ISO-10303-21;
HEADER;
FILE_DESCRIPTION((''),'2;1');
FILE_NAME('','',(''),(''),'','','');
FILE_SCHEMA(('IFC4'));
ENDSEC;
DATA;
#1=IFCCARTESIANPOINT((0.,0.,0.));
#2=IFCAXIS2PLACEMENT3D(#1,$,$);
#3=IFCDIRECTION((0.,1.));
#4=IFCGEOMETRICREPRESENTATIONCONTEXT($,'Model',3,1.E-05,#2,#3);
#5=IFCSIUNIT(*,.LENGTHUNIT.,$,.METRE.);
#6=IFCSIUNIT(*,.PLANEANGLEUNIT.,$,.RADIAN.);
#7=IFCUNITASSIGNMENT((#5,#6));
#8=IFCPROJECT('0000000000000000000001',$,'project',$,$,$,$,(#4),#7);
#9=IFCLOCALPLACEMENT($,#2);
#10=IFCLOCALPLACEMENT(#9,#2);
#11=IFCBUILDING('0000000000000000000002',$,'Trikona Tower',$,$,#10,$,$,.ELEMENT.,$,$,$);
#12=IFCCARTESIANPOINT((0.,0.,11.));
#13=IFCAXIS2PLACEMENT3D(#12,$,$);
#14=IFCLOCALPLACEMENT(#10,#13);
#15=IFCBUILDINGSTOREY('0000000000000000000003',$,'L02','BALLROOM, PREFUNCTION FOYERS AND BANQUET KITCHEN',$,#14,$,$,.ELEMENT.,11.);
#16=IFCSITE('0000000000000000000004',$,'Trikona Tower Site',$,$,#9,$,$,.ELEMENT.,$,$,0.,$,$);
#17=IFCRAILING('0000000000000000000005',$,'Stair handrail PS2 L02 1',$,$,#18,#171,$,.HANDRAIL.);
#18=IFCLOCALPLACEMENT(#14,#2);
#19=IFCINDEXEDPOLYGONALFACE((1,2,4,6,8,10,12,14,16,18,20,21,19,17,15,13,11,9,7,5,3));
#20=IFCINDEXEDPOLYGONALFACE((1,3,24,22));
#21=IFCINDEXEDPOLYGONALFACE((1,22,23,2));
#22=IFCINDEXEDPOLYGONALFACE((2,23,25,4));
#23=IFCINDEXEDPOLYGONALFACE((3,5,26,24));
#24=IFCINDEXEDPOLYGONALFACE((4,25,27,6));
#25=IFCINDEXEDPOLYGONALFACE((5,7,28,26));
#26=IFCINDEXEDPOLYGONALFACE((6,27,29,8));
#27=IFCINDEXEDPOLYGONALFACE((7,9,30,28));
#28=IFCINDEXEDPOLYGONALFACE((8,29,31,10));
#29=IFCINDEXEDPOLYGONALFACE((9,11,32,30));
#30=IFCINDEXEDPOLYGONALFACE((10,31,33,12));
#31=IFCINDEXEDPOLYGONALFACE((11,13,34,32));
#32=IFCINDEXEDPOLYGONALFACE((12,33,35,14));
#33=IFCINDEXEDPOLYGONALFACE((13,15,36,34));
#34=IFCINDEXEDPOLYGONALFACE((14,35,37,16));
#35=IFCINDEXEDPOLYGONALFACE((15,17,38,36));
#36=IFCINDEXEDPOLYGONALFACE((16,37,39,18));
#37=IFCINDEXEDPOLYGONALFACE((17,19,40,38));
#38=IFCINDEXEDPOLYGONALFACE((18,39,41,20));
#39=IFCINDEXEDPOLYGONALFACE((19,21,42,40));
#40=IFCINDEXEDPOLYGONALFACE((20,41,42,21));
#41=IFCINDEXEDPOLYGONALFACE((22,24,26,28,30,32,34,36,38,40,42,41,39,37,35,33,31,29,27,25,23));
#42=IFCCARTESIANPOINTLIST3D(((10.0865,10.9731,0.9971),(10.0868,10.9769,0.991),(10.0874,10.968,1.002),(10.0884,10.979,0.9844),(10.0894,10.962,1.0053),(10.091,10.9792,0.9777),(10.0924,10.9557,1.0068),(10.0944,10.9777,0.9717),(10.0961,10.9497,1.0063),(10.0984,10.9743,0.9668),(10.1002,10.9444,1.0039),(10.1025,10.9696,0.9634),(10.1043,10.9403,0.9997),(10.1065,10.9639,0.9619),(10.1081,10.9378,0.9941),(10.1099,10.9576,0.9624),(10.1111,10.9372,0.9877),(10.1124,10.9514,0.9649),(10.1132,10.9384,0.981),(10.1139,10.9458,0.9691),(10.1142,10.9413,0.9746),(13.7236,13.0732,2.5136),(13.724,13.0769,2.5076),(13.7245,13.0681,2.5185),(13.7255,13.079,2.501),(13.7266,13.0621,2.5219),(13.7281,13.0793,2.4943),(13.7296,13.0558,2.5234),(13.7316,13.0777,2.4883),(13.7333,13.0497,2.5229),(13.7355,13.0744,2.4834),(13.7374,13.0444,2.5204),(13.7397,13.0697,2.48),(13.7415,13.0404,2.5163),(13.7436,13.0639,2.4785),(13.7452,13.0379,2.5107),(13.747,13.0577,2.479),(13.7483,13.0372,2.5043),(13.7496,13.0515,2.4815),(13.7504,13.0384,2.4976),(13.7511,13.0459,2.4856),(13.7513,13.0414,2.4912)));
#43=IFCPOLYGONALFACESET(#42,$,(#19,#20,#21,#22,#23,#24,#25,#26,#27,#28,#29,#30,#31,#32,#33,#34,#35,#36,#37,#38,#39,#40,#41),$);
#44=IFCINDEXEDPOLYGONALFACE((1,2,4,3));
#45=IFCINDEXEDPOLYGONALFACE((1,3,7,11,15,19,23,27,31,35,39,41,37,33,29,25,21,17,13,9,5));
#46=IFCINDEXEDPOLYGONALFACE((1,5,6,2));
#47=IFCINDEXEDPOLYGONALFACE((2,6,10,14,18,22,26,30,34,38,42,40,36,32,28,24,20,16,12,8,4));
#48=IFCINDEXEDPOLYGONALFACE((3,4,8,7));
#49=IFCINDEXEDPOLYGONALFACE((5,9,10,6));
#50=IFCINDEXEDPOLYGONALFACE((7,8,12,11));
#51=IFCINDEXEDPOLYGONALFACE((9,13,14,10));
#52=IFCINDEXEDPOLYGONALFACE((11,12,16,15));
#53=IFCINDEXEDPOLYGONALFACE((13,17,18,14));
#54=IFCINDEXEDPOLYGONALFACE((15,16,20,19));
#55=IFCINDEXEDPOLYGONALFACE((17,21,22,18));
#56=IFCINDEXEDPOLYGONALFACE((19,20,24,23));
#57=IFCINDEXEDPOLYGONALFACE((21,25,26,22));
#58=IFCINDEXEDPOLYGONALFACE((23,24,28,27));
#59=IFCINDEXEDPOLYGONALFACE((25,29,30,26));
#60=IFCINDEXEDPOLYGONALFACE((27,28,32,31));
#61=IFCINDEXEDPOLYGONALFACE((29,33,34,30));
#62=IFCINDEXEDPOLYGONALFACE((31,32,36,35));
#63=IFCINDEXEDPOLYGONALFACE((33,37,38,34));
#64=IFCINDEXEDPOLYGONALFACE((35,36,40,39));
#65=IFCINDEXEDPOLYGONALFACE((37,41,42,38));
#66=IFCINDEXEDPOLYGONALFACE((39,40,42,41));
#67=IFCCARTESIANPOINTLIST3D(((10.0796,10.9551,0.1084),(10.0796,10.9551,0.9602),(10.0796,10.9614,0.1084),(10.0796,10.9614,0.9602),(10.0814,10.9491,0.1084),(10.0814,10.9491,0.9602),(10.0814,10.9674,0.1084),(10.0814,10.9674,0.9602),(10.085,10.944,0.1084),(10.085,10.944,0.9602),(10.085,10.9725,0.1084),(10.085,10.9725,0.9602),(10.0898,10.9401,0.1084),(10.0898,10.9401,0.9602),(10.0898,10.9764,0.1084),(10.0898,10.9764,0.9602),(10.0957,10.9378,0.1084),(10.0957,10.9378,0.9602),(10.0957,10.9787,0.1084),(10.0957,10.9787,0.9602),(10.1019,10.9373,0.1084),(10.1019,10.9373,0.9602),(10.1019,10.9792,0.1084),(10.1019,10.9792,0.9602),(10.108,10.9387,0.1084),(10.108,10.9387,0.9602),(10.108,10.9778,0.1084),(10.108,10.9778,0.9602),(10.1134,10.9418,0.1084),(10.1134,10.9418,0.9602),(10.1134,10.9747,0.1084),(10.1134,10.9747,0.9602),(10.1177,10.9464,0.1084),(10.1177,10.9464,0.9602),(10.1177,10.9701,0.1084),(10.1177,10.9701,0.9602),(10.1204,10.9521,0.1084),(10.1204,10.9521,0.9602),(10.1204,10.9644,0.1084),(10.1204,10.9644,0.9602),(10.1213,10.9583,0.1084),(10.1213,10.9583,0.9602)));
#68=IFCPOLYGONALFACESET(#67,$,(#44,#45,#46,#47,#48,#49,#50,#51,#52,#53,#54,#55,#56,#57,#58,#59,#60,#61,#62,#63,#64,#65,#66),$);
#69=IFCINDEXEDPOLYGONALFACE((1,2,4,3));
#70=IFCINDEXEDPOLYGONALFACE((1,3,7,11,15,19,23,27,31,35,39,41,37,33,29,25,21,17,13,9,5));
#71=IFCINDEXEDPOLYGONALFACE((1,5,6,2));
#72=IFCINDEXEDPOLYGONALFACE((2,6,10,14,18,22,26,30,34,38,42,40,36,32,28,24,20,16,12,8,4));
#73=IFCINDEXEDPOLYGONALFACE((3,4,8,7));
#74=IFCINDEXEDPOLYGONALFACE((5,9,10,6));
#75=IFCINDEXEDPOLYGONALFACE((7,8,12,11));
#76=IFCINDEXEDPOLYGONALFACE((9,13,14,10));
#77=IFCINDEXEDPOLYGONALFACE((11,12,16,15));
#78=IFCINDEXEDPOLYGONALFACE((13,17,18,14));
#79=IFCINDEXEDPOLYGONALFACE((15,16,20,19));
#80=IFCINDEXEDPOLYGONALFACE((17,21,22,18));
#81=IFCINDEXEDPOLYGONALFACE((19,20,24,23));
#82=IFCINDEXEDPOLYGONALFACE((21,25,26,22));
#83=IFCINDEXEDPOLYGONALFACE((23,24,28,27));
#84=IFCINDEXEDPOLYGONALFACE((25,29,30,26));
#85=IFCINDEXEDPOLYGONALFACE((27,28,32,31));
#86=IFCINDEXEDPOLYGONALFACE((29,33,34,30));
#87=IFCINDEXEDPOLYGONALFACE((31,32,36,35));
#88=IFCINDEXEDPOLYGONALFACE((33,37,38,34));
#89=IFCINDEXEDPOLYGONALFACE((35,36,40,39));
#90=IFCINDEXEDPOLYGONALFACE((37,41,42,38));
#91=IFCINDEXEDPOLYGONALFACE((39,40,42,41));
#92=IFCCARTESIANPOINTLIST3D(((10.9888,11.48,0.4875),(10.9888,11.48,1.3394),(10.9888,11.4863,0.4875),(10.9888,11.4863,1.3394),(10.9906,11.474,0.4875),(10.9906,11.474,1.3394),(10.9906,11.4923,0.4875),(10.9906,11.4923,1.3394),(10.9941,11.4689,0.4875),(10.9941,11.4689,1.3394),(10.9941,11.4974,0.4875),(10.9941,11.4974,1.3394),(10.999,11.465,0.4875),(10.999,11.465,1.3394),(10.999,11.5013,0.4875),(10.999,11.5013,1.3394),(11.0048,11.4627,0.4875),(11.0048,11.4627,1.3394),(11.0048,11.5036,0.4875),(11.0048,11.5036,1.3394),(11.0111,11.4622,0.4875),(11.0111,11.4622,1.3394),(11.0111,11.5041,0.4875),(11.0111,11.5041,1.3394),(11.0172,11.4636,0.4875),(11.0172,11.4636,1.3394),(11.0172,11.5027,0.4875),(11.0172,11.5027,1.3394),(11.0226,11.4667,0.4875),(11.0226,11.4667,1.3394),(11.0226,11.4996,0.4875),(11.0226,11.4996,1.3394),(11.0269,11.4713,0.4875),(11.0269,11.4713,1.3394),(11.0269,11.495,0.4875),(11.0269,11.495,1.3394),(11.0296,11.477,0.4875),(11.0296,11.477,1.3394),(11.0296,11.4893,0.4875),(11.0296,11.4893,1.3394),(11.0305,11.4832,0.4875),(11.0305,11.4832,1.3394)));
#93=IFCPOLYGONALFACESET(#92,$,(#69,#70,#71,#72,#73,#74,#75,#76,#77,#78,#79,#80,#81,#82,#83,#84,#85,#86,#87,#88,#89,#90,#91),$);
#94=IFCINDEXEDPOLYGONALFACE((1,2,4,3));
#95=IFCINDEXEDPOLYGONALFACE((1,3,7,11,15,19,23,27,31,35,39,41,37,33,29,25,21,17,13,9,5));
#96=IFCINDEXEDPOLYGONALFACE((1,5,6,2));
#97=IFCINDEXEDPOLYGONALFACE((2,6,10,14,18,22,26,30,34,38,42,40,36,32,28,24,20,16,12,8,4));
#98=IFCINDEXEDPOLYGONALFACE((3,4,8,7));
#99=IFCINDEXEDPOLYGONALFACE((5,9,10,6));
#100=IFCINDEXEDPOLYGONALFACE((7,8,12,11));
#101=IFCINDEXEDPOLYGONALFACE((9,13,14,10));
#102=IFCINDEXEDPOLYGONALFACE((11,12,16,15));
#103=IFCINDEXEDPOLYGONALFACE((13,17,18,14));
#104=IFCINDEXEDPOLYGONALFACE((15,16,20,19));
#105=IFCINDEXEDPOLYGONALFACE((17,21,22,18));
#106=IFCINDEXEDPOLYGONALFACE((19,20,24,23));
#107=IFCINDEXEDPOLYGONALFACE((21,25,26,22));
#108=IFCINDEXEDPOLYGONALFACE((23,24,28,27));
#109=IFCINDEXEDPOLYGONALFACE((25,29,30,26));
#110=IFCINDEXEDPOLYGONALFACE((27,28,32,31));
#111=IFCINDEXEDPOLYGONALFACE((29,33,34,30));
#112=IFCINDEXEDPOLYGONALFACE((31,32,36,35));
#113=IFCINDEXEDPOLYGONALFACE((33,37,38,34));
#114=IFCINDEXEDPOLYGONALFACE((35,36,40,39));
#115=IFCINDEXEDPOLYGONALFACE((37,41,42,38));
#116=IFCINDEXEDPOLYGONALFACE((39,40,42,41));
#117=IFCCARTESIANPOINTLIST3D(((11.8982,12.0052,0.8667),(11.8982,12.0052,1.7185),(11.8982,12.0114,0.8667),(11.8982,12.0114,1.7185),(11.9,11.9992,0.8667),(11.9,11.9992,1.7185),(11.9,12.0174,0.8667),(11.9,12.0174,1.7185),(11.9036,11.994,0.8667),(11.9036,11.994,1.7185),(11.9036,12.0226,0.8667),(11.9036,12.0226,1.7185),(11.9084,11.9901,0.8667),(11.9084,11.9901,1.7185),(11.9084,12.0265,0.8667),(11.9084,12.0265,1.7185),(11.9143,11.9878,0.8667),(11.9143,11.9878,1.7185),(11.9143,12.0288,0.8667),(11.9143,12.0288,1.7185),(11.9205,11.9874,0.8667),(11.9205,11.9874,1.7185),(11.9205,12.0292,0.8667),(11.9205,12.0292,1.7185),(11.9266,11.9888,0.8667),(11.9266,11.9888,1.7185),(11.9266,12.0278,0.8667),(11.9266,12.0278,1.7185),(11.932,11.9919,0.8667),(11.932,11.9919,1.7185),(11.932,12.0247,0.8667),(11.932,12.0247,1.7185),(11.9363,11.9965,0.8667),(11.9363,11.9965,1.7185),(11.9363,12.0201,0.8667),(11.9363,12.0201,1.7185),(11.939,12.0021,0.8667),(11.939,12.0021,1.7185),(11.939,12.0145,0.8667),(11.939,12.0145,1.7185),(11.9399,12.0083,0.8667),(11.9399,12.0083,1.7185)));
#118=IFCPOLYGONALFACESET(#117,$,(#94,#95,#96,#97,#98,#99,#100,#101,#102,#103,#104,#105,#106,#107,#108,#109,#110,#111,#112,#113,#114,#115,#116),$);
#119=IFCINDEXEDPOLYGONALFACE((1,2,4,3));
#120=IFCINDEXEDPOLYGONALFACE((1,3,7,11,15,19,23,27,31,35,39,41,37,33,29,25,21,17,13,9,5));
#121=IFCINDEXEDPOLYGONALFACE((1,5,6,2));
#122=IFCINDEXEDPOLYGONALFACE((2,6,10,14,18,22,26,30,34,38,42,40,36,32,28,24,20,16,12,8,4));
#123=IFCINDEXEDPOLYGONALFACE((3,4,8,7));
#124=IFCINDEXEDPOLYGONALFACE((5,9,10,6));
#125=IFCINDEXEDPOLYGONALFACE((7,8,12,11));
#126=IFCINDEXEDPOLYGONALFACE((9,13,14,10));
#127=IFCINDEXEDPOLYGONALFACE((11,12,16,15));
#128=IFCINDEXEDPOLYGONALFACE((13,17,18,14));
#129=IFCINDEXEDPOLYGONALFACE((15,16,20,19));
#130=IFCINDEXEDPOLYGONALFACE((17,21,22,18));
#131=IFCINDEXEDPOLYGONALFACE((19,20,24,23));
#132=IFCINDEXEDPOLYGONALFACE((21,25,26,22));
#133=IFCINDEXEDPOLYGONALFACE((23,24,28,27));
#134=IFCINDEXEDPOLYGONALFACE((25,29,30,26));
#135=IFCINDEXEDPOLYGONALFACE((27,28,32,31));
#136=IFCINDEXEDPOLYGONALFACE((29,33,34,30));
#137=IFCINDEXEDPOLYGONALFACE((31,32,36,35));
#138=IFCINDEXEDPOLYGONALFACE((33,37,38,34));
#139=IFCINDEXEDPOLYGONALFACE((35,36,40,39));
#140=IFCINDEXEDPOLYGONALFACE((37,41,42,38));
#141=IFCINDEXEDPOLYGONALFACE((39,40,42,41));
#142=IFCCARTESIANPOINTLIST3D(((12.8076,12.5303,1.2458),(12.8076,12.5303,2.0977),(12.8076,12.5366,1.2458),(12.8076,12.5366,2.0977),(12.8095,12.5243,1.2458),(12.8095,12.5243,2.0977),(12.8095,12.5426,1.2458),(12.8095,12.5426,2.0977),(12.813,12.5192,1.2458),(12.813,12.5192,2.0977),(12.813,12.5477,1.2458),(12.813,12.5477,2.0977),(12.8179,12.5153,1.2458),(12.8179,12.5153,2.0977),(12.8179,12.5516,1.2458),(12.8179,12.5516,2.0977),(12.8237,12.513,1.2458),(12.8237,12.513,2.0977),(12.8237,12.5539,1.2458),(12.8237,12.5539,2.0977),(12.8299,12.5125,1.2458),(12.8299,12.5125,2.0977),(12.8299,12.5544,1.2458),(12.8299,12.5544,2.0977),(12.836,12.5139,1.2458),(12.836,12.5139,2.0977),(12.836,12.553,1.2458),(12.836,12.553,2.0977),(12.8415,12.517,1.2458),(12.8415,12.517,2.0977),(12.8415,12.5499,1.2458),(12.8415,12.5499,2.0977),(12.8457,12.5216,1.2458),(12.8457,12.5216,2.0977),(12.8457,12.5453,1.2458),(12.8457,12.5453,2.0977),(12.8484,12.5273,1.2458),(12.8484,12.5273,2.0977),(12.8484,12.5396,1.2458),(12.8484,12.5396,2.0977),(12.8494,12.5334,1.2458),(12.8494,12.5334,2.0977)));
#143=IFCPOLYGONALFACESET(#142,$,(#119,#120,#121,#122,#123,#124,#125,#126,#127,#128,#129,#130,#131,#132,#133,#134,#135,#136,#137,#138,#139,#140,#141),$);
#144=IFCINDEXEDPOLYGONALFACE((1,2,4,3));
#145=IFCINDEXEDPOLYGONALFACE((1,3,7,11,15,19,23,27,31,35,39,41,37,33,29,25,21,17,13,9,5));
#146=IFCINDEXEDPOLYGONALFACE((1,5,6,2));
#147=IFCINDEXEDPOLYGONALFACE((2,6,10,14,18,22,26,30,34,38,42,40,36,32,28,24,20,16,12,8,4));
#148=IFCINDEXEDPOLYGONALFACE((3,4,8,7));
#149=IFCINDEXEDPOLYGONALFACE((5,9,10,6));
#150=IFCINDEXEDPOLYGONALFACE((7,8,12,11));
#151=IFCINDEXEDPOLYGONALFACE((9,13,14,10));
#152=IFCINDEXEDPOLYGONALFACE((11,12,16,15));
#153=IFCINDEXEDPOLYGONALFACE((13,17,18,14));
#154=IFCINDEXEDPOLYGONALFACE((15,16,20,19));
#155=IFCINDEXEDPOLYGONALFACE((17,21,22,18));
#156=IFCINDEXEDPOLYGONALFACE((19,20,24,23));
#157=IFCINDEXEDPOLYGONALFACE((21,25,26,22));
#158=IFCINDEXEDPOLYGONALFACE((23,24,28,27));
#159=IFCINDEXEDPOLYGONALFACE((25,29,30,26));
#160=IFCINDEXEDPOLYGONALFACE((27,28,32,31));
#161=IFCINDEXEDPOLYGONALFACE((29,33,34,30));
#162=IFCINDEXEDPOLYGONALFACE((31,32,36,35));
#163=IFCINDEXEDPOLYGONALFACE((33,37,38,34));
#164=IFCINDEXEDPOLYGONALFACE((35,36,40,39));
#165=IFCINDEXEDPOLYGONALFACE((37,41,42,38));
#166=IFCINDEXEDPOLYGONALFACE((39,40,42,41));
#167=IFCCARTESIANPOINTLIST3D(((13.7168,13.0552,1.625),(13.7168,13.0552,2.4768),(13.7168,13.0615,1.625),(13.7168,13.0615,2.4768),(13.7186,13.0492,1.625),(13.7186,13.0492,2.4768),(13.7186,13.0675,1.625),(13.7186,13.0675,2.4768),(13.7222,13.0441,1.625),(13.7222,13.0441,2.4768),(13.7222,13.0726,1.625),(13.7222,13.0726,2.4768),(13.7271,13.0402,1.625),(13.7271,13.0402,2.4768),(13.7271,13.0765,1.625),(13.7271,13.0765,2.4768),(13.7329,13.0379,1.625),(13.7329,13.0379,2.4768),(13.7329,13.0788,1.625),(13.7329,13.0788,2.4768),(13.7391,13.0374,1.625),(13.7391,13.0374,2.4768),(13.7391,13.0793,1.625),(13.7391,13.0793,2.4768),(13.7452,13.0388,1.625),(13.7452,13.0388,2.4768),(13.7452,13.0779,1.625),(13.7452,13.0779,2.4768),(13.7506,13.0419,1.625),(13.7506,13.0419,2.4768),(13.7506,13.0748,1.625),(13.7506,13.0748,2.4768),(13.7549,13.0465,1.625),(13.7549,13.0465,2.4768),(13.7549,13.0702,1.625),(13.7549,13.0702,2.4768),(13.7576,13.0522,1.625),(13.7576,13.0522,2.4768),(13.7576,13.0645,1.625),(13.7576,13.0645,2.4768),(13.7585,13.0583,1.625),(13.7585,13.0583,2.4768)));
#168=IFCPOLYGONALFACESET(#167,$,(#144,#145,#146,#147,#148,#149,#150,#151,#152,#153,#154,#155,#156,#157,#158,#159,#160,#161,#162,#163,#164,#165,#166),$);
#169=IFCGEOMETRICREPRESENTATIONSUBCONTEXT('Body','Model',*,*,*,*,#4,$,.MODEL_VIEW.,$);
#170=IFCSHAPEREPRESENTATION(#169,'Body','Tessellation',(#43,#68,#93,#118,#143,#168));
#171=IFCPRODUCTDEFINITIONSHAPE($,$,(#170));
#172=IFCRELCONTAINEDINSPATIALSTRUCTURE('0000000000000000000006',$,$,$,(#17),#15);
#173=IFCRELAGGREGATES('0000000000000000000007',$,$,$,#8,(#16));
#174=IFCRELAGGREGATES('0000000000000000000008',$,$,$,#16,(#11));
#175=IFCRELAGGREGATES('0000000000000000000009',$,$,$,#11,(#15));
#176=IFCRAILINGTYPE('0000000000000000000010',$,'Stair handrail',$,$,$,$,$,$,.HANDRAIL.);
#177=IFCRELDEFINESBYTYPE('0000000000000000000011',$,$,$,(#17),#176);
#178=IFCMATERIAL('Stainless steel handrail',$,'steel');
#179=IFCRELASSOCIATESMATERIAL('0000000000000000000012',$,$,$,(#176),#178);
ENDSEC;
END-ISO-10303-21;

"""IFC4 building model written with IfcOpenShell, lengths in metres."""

from ifc_helpers import new_model, si_unit, direction, frame, origin, origin_2d, place, context, subcontext, project, spatial, circle, extrude, material, type_object, element, save


model = new_model("IFC4")

# Units and contexts
model_context = context("Model", 3, precision=1e-05, world=origin(), true_north=direction((0.0, 1.0)))
body_context = subcontext(model_context, "Body", "Model", "MODEL_VIEW")
ifc_project = project(units=[si_unit("LENGTHUNIT", "METRE"), si_unit("PLANEANGLEUNIT", "RADIAN")], contexts=[model_context])

# Site, building, storey
site_placement = place(None, origin())
site = spatial("IfcSite", under=ifc_project, at=site_placement, Name="Trikona Tower Site", CompositionType="ELEMENT", RefElevation=0.0)
building_placement = place(site_placement, origin())
building = spatial("IfcBuilding", under=site, at=building_placement, Name="Trikona Tower", CompositionType="ELEMENT")
storey_placement = place(building_placement, frame((0.0, 0.0, 11.0)))
storey = spatial("IfcBuildingStorey", under=building, at=storey_placement, Name="L02", Description="BALLROOM, PREFUNCTION FOYERS AND BANQUET KITCHEN", CompositionType="ELEMENT", Elevation=11.0)

# Railing
ifc_material_1 = material(Name="Stainless steel handrail", Category="steel")
railing_type_1 = type_object("IfcRailingType", Name="Stair handrail", PredefinedType="HANDRAIL", material=ifc_material_1)
for number, where, name in (
    (1, (10.1003, 10.9583, 0.1084), "Stair handrail PS2 L02 1"),
):
    element("IfcRailing", number, at=place(storey_placement, frame(where)), inside=storey, type_object=railing_type_1, Name=name, PredefinedType="HANDRAIL", context=body_context, shape_type="SweptSolid", body=[
        extrude(circle(Radius=0.0239, at=origin_2d()), frame((0.0, 0.0, 0.876), z_axis=(0.814532, 0.470305, 0.339634), x_axis=(-0.500028, 0.866009, 0.0)), (0.0, 0.0, 1.0), 4.4653),
        extrude(circle(Radius=0.021, at=origin_2d()), origin(), (0.0, 0.0, 1.0), 0.8518),
        extrude(circle(Radius=0.021, at=origin_2d()), frame((0.9092, 0.5249, 0.3792)), (0.0, 0.0, 1.0), 0.8518),
        extrude(circle(Radius=0.021, at=origin_2d()), frame((1.8186, 1.05, 0.7583)), (0.0, 0.0, 1.0), 0.8518),
        extrude(circle(Radius=0.021, at=origin_2d()), frame((2.728, 1.5752, 1.1375)), (0.0, 0.0, 1.0), 0.8518),
        extrude(circle(Radius=0.021, at=origin_2d()), frame((3.6372, 2.1001, 1.5166)), (0.0, 0.0, 1.0), 0.8518),
    ])

save(model, "model.ifc")
